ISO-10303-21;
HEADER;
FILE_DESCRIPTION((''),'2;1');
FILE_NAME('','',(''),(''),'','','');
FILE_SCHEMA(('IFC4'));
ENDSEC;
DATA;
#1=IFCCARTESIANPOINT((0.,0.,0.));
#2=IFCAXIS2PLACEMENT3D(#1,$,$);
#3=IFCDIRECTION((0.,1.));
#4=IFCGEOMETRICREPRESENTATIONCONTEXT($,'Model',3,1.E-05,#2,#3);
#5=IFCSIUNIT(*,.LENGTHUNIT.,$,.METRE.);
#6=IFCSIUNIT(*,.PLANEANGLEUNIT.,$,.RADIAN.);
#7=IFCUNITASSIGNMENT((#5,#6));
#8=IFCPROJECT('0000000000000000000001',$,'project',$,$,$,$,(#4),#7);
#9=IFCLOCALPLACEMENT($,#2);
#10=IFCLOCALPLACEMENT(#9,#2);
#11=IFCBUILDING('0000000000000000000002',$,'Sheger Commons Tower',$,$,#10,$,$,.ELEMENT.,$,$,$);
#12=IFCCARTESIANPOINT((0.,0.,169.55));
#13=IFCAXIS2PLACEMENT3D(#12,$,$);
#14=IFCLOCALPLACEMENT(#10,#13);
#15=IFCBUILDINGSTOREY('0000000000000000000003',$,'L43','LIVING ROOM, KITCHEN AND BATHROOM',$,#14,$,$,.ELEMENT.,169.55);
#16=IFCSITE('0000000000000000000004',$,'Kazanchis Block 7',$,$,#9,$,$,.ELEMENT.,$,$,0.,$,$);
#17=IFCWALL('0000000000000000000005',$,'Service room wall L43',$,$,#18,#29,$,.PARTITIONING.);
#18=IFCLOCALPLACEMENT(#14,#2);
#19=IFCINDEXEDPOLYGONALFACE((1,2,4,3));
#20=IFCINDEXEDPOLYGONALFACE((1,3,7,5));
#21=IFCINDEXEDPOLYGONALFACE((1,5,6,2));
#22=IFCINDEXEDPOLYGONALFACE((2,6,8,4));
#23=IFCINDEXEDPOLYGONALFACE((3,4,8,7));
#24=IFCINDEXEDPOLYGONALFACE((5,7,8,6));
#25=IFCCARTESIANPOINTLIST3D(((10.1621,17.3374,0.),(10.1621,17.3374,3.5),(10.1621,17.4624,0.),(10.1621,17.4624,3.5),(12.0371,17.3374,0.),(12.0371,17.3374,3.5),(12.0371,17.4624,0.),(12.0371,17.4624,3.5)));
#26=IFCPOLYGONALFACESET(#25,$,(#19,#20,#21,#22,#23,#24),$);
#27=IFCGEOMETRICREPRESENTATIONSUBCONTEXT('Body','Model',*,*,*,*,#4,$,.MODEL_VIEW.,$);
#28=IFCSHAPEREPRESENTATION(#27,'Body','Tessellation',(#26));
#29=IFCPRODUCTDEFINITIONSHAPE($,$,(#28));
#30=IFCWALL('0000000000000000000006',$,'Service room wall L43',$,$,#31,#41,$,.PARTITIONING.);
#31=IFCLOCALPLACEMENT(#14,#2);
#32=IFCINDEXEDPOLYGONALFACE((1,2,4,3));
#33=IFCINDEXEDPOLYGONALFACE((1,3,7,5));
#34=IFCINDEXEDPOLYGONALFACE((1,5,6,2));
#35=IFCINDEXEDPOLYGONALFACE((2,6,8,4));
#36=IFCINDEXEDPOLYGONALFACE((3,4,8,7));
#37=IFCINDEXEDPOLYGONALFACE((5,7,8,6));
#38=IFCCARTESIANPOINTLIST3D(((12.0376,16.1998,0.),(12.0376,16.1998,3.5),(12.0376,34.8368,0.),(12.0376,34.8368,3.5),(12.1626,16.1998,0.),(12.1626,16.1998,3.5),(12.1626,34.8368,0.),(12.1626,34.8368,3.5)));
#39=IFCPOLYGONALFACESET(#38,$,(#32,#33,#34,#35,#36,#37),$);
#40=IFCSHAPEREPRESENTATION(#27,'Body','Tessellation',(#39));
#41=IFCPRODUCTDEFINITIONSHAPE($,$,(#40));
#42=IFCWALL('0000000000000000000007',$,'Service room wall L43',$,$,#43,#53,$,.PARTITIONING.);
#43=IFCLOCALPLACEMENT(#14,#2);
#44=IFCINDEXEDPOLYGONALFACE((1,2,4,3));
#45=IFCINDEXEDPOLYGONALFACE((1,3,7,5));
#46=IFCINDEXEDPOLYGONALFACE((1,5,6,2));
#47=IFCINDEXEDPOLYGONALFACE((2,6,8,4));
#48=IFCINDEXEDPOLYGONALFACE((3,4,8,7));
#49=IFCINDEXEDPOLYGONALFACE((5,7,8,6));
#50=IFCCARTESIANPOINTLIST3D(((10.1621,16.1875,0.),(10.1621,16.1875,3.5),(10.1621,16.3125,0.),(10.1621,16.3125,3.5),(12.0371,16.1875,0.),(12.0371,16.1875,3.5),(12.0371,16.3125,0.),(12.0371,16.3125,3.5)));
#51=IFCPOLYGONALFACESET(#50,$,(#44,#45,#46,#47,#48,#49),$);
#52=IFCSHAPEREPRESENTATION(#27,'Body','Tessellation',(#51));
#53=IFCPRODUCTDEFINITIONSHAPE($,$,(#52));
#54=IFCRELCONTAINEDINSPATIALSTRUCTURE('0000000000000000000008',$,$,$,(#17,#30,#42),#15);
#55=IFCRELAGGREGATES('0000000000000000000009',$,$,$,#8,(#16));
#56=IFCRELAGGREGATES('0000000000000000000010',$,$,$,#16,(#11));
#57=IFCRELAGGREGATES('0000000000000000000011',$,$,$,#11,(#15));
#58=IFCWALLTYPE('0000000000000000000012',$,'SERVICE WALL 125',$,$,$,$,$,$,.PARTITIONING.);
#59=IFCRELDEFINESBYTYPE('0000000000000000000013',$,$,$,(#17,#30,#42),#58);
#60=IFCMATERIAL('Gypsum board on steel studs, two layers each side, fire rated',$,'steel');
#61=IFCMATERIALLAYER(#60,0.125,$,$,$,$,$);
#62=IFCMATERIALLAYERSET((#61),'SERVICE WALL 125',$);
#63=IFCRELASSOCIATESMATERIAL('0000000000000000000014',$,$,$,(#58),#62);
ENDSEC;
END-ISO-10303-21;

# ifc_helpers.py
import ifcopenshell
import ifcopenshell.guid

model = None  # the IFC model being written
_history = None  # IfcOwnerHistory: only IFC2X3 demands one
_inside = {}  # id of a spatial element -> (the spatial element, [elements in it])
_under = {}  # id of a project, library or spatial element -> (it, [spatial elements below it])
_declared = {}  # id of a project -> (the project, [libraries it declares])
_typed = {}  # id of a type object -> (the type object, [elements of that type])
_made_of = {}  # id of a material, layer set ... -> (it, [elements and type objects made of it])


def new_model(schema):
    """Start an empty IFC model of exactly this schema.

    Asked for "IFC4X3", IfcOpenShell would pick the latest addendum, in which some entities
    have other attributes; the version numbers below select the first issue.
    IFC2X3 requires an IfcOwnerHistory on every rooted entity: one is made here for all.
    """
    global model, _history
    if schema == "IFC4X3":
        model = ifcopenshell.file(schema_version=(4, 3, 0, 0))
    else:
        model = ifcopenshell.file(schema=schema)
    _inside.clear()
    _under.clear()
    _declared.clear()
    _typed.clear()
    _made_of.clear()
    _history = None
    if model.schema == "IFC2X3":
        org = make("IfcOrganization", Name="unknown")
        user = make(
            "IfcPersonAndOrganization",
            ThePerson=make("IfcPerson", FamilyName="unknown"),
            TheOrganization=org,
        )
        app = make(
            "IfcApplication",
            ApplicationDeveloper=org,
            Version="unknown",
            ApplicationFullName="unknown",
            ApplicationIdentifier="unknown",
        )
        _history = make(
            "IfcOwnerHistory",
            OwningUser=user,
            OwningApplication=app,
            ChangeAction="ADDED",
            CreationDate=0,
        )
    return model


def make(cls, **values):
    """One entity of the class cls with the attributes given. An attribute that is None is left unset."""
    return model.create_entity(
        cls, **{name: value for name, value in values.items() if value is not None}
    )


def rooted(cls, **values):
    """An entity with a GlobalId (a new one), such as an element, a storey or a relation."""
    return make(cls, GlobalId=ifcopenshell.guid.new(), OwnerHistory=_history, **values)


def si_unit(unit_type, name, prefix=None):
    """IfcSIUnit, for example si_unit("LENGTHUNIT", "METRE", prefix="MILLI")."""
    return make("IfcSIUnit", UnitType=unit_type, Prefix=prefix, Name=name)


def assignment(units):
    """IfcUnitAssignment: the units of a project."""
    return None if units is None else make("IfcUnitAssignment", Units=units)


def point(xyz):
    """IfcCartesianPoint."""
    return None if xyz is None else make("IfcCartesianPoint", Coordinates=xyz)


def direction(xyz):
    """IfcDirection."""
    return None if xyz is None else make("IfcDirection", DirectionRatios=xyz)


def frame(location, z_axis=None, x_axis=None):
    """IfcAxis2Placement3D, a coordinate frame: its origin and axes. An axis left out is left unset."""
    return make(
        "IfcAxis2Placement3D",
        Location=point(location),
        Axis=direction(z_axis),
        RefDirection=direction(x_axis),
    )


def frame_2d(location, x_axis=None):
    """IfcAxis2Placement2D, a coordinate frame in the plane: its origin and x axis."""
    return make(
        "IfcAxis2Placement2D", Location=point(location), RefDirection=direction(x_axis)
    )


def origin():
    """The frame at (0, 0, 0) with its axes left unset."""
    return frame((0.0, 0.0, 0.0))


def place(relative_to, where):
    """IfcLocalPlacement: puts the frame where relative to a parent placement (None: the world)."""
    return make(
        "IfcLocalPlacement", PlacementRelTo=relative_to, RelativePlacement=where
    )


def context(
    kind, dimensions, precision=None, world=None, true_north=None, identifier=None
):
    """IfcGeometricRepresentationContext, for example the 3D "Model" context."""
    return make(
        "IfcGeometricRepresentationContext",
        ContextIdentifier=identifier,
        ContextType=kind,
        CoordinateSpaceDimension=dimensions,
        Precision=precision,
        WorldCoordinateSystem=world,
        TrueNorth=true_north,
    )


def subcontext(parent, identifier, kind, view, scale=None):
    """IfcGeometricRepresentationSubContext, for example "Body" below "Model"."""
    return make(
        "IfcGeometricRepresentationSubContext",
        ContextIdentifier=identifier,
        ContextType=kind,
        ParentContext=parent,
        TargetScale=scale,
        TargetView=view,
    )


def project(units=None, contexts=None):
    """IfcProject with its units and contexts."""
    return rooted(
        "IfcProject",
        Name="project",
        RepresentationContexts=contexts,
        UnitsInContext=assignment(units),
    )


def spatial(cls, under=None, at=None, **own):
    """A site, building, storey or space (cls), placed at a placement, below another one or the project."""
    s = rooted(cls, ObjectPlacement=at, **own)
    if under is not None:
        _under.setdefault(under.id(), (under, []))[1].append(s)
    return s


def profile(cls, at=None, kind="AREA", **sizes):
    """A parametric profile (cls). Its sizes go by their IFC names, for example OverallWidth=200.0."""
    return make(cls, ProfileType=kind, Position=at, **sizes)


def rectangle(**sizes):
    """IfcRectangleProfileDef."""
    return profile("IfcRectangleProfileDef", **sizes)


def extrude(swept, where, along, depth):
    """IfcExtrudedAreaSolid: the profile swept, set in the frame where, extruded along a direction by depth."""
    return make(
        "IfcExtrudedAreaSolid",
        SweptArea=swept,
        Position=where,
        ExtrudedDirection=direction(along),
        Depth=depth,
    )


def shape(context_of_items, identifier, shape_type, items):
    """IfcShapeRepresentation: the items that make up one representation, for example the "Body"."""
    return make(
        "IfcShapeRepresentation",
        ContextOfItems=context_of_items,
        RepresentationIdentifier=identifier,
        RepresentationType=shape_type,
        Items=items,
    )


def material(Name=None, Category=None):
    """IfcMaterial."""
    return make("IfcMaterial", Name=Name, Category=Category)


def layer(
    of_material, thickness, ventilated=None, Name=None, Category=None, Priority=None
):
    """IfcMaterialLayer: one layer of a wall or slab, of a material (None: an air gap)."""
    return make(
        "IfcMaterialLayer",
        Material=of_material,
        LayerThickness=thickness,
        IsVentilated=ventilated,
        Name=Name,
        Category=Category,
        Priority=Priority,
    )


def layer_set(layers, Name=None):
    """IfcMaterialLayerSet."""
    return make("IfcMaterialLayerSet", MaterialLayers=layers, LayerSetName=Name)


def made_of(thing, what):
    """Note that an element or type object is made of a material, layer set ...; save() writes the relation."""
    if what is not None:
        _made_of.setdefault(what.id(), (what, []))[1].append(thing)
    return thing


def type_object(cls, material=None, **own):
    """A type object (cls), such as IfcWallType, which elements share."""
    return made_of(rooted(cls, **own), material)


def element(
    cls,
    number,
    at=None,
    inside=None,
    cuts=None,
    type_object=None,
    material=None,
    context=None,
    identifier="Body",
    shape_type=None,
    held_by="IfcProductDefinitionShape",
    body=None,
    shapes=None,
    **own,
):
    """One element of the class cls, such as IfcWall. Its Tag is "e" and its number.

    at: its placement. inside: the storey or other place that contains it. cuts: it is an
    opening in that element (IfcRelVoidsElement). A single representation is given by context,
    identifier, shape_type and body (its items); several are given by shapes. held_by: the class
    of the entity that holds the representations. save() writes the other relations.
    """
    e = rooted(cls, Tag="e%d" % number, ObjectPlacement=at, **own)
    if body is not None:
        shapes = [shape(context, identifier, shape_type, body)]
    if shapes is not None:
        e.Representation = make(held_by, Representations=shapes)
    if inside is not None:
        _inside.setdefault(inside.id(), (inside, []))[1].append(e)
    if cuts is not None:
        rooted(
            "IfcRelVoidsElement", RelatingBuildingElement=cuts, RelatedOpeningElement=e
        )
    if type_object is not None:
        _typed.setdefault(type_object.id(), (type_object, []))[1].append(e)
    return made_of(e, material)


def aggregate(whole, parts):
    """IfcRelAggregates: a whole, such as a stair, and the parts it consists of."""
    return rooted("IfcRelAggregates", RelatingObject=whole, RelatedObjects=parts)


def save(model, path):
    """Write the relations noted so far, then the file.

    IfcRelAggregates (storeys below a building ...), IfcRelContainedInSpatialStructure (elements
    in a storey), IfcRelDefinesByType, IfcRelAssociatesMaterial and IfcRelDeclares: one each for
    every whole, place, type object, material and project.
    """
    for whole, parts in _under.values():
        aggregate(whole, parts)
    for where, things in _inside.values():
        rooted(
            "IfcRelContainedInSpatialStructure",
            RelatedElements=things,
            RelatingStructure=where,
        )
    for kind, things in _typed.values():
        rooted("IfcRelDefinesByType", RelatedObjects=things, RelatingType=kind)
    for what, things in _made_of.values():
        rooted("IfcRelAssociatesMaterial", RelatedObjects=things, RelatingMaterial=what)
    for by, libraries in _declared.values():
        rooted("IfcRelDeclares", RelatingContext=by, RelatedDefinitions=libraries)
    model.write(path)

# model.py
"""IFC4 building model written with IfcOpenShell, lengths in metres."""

from ifc_helpers import new_model, si_unit, direction, frame, frame_2d, origin, place, context, subcontext, project, spatial, rectangle, extrude, material, layer, layer_set, type_object, element, save


model = new_model("IFC4")

# Units and contexts
model_context = context("Model", 3, precision=1e-05, world=origin(), true_north=direction((0.0, 1.0)))
body_context = subcontext(model_context, "Body", "Model", "MODEL_VIEW")
ifc_project = project(units=[si_unit("LENGTHUNIT", "METRE"), si_unit("PLANEANGLEUNIT", "RADIAN")], contexts=[model_context])

# Site, building, storey
site_placement = place(None, origin())
site = spatial("IfcSite", under=ifc_project, at=site_placement, Name="Kazanchis Block 7", CompositionType="ELEMENT", RefElevation=0.0)
building_placement = place(site_placement, origin())
building = spatial("IfcBuilding", under=site, at=building_placement, Name="Sheger Commons Tower", CompositionType="ELEMENT")
storey_placement = place(building_placement, frame((0.0, 0.0, 169.55)))
storey = spatial("IfcBuildingStorey", under=building, at=storey_placement, Name="L43", Description="LIVING ROOM, KITCHEN AND BATHROOM", CompositionType="ELEMENT", Elevation=169.55)

# Shared definitions
ifc_material_1 = material(Name="Gypsum board on steel studs, two layers each side, fire rated", Category="steel")
ifc_layer_1 = layer(ifc_material_1, 0.125)
ifc_layer_set_1 = layer_set([ifc_layer_1], Name="SERVICE WALL 125")
wall_type_1 = type_object("IfcWallType", Name="SERVICE WALL 125", PredefinedType="PARTITIONING", material=ifc_layer_set_1)

# Walls
wall_1_placement = place(storey_placement, frame((10.1621, 17.3999, 0.0), z_axis=(0.0, 0.0, 1.0), x_axis=(1.0, 0.0, 0.0)))
element("IfcWall", 1, at=wall_1_placement, inside=storey, type_object=wall_type_1, Name="Service room wall L43", PredefinedType="PARTITIONING", context=body_context, shape_type="SweptSolid", body=[
    extrude(rectangle(XDim=1.875, YDim=0.125, at=frame_2d((0.9375, 0.0))), origin(), (0.0, 0.0, 1.0), 3.5),
])
wall_2_placement = place(storey_placement, frame((12.1001, 16.2, 0.0), z_axis=(0.0, 0.0, 1.0), x_axis=(0.0, 1.0, 0.0)))
element("IfcWall", 2, at=wall_2_placement, inside=storey, type_object=wall_type_1, Name="Service room wall L43", PredefinedType="PARTITIONING", context=body_context, shape_type="SweptSolid", body=[
    extrude(rectangle(XDim=18.637, YDim=0.125, at=frame_2d((9.3184, 0.0))), origin(), (0.0, 0.0, 1.0), 3.5),
])
wall_3_placement = place(storey_placement, frame((10.1621, 16.25, 0.0), z_axis=(0.0, 0.0, 1.0), x_axis=(1.0, 0.0, 0.0)))
element("IfcWall", 3, at=wall_3_placement, inside=storey, type_object=wall_type_1, Name="Service room wall L43", PredefinedType="PARTITIONING", context=body_context, shape_type="SweptSolid", body=[
    extrude(rectangle(XDim=1.875, YDim=0.125, at=frame_2d((0.9375, 0.0))), origin(), (0.0, 0.0, 1.0), 3.5),
])

save(model, "model.ifc")
